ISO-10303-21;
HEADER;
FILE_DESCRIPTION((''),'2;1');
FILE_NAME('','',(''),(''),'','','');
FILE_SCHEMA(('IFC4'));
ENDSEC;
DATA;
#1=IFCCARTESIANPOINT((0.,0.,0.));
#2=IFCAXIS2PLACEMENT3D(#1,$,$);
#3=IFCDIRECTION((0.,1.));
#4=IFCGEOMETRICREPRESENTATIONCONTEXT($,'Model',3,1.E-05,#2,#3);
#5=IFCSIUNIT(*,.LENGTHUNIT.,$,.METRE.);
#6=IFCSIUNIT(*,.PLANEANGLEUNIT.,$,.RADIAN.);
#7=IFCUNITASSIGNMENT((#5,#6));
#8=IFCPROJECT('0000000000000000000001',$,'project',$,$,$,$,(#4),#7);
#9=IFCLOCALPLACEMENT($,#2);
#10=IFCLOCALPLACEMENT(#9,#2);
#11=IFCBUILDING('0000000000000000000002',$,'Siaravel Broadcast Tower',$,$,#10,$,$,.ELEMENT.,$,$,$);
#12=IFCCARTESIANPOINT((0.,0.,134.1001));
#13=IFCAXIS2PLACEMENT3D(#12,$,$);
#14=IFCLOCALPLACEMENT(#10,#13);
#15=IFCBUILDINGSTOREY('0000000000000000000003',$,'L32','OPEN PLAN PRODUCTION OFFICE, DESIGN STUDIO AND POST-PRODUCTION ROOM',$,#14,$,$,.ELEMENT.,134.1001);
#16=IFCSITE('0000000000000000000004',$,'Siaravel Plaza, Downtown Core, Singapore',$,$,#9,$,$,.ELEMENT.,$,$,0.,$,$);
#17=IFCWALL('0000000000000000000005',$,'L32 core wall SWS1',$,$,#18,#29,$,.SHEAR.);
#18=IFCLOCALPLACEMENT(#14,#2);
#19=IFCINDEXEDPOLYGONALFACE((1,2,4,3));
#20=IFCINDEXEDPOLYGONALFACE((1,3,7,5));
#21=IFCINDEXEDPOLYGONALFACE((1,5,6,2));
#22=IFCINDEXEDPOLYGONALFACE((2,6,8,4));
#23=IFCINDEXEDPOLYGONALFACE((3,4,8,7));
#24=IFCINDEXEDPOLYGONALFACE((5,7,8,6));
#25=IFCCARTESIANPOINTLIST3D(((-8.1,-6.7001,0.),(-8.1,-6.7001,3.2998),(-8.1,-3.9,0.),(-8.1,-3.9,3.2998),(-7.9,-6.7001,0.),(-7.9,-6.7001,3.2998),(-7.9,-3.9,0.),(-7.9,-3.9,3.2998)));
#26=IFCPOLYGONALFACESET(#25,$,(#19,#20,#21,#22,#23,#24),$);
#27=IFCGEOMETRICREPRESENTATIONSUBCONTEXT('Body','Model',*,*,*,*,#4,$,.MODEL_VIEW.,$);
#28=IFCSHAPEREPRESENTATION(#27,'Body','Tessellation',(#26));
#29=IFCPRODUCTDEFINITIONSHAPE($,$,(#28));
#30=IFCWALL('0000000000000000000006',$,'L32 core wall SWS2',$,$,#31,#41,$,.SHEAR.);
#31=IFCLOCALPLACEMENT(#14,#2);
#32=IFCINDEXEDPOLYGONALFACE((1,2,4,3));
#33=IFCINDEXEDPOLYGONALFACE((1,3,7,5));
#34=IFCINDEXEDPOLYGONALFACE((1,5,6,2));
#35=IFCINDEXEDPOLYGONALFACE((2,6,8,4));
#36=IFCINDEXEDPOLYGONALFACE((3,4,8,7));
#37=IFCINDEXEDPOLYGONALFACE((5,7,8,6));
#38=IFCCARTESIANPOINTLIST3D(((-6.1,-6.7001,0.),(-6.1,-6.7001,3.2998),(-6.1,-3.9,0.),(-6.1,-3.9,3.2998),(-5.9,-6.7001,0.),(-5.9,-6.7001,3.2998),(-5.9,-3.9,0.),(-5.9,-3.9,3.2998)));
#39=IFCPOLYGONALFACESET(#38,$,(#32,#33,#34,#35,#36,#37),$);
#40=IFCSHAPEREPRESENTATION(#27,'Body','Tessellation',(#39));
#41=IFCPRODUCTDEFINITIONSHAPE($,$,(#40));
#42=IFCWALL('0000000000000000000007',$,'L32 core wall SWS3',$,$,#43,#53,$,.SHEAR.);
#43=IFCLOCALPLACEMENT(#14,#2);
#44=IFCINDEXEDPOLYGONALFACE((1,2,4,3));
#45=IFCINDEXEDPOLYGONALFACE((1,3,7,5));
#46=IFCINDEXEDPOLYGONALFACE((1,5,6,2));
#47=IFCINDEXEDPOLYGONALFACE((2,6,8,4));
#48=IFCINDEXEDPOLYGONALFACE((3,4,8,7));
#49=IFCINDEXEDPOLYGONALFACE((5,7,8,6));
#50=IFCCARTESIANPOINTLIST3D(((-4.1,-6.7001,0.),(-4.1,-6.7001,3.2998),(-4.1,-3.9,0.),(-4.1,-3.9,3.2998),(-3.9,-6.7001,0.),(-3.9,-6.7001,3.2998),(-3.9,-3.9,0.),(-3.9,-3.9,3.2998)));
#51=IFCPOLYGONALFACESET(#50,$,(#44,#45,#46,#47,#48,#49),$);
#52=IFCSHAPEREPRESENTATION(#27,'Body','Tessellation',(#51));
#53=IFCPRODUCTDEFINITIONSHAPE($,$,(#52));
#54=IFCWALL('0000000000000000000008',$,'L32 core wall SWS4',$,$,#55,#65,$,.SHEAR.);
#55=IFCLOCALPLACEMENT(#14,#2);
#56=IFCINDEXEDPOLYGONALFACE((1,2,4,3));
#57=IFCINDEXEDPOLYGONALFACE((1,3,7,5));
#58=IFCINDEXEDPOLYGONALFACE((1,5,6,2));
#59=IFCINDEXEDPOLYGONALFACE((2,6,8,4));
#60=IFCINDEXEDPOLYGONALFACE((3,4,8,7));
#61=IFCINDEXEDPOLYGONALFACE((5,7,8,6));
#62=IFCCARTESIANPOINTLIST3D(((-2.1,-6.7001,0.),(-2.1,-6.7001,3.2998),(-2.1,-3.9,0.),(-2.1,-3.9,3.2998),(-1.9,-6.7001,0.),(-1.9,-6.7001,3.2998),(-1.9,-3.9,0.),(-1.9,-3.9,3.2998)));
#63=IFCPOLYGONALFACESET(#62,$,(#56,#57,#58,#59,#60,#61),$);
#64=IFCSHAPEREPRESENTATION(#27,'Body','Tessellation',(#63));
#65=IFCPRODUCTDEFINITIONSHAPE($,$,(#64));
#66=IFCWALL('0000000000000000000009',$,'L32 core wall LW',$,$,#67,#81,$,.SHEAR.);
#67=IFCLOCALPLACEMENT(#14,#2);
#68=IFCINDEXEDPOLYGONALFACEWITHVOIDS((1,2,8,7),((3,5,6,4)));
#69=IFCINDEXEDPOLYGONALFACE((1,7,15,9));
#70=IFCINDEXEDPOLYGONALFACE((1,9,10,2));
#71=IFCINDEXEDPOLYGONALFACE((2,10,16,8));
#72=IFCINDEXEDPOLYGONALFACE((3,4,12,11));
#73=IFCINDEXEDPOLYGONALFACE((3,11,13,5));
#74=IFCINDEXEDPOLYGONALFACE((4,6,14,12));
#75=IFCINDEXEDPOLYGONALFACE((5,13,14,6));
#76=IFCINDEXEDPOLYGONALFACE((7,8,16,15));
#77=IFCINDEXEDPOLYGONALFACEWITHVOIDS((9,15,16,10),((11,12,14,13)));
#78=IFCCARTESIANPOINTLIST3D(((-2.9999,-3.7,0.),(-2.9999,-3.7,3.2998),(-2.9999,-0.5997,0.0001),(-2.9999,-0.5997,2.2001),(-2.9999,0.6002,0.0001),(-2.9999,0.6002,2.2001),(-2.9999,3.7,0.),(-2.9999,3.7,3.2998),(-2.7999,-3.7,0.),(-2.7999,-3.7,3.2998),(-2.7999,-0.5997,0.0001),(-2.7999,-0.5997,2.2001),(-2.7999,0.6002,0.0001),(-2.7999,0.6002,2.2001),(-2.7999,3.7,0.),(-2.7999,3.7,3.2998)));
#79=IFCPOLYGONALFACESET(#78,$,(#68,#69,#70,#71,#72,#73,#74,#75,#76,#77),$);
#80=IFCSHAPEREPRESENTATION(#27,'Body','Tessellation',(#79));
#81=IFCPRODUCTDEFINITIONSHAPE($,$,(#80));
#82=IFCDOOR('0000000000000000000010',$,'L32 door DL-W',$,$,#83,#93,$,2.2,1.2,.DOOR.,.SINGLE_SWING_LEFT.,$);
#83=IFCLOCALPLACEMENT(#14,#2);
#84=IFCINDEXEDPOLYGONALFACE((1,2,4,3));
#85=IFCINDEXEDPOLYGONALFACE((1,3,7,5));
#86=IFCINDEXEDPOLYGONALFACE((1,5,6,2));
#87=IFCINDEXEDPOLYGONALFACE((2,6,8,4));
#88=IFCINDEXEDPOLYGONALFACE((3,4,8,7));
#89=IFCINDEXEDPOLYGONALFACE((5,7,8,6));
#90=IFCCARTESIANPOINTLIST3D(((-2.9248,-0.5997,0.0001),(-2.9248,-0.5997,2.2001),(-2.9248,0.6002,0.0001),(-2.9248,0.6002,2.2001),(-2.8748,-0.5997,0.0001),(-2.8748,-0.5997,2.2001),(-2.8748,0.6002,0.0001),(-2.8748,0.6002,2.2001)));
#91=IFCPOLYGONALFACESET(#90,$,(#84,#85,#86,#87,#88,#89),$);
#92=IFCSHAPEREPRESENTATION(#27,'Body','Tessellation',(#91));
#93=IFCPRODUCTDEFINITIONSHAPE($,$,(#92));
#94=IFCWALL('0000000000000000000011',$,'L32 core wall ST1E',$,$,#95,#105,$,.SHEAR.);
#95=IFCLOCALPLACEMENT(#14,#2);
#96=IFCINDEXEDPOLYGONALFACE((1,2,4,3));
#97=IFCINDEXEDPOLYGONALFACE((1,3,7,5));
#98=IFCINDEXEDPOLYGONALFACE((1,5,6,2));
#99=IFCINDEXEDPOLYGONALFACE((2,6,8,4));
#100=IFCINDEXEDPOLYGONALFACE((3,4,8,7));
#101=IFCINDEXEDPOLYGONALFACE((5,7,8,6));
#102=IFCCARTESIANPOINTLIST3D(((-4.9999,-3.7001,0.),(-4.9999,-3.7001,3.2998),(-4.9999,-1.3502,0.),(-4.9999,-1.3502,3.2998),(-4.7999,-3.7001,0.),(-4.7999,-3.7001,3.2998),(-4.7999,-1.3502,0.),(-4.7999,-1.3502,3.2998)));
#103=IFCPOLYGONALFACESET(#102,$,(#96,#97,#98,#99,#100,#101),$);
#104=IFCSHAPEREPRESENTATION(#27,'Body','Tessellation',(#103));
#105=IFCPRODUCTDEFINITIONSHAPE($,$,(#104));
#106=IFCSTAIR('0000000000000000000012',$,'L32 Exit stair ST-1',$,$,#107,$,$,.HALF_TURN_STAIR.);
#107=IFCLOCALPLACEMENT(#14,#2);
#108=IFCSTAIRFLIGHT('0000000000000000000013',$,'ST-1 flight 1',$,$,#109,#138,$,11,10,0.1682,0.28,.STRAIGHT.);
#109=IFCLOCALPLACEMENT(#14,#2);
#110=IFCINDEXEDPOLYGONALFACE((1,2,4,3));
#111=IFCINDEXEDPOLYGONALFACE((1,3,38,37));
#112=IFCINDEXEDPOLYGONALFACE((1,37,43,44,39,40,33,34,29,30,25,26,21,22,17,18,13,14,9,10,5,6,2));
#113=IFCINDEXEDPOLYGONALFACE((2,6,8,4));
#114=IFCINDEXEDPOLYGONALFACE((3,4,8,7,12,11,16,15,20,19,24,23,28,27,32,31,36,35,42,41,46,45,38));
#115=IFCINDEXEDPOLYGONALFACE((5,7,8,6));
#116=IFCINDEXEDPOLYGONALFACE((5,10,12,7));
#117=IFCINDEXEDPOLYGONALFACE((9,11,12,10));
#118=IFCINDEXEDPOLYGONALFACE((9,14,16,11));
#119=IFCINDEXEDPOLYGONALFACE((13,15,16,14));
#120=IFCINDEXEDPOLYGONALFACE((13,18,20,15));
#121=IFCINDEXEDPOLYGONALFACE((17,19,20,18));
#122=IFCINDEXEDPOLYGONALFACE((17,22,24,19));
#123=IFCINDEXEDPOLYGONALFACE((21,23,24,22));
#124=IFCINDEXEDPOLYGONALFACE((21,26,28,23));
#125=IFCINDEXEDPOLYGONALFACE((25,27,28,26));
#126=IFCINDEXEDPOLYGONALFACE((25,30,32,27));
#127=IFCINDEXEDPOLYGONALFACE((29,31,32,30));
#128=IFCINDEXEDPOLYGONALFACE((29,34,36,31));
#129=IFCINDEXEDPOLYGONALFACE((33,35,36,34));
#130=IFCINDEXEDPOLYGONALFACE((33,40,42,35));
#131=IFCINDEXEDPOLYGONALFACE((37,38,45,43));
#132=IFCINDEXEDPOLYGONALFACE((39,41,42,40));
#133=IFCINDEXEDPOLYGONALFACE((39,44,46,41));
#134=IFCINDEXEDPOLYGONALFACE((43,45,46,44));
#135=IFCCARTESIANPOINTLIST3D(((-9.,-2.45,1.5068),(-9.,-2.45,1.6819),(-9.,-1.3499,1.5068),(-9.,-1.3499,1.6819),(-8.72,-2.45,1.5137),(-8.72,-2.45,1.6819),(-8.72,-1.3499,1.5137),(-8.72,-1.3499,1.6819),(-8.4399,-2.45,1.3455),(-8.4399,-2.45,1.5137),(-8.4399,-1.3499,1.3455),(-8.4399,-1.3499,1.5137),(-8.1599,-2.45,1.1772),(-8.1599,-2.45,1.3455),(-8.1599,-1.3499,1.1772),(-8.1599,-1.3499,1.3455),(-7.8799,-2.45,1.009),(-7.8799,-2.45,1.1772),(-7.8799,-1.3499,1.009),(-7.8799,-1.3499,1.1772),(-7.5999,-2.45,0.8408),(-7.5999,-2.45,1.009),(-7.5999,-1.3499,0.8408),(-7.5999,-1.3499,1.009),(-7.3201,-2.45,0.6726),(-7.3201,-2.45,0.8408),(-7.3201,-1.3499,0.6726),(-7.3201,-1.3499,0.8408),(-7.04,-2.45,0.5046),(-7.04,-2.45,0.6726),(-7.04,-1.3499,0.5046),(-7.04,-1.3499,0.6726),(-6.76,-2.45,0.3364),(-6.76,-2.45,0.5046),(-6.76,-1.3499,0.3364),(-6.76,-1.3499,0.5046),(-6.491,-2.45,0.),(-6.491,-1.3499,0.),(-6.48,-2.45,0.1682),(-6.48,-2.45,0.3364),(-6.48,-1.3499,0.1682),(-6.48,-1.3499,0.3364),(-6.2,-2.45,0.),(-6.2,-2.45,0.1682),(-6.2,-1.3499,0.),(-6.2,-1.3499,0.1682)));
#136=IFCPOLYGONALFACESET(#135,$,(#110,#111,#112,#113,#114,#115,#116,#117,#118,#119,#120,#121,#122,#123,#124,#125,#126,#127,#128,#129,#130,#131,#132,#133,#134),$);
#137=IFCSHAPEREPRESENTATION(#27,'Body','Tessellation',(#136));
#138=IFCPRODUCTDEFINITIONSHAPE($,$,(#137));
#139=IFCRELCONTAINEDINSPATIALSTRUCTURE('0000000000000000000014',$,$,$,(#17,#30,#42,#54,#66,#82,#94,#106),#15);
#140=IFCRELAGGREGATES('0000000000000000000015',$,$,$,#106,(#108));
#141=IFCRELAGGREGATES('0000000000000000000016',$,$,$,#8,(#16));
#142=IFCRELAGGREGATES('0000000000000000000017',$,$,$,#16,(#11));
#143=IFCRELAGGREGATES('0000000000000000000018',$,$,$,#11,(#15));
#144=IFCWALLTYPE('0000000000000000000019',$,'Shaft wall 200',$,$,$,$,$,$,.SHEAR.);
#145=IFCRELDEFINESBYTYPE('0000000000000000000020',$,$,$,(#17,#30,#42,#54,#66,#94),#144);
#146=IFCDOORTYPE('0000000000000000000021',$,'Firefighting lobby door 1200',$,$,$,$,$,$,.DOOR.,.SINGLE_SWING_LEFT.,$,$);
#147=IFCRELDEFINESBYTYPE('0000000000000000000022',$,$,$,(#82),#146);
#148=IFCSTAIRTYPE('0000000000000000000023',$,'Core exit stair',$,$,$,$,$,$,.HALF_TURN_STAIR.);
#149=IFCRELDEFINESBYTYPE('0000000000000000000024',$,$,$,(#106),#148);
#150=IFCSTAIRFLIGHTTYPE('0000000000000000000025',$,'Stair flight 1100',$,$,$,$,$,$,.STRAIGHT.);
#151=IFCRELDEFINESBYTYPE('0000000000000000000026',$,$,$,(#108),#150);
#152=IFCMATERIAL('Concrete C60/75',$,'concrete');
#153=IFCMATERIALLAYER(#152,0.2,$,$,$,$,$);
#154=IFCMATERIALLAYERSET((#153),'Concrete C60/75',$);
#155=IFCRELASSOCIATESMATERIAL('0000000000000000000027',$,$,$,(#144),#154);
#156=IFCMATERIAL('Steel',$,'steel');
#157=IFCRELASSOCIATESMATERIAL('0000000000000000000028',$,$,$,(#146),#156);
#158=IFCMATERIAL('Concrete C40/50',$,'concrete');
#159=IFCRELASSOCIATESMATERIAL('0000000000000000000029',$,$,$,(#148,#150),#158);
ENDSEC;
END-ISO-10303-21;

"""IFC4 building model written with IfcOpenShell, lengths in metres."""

from ifc_helpers import new_model, si_unit, direction, frame, frame_2d, origin, place, context, subcontext, project, spatial, polyline, rectangle, outline, extrude, material, layer, layer_set, type_object, element, fill, aggregate, save


model = new_model("IFC4")

# Units and contexts
model_context = context("Model", 3, precision=1e-05, world=origin(), true_north=direction((0.0, 1.0)))
body_context = subcontext(model_context, "Body", "Model", "MODEL_VIEW")
ifc_project = project(units=[si_unit("LENGTHUNIT", "METRE"), si_unit("PLANEANGLEUNIT", "RADIAN")], contexts=[model_context])

# Site, building, storey
site_placement = place(None, origin())
site = spatial("IfcSite", under=ifc_project, at=site_placement, Name="Siaravel Plaza, Downtown Core, Singapore", CompositionType="ELEMENT", RefElevation=0.0)
building_placement = place(site_placement, origin())
building = spatial("IfcBuilding", under=site, at=building_placement, Name="Siaravel Broadcast Tower", CompositionType="ELEMENT")
storey_placement = place(building_placement, frame((0.0, 0.0, 134.1001)))
storey = spatial("IfcBuildingStorey", under=building, at=storey_placement, Name="L32", Description="OPEN PLAN PRODUCTION OFFICE, DESIGN STUDIO AND POST-PRODUCTION ROOM", CompositionType="ELEMENT", Elevation=134.1001)

# Walls
ifc_material_1 = material(Name="Concrete C60/75", Category="concrete")
ifc_layer = layer(ifc_material_1, 0.2)
ifc_layer_set = layer_set([ifc_layer], Name="Concrete C60/75")
wall_type = type_object("IfcWallType", Name="Shaft wall 200", PredefinedType="SHEAR", material=ifc_layer_set)
for number, where, z_axis, x_axis, name in (
    (1, (-8.0, -6.7, 0.0), (0.0, 0.0, 1.0), (0.0, 1.0, 0.0), "L32 core wall SWS1"),
    (2, (-6.0, -6.7, 0.0), (0.0, 0.0, 1.0), (0.0, 1.0, 0.0), "L32 core wall SWS2"),
    (3, (-4.0, -6.7, 0.0), (0.0, 0.0, 1.0), (0.0, 1.0, 0.0), "L32 core wall SWS3"),
    (4, (-2.0, -6.7, 0.0), (0.0, 0.0, 1.0), (0.0, 1.0, 0.0), "L32 core wall SWS4"),
):
    element("IfcWall", number, at=place(storey_placement, frame(where, z_axis=z_axis, x_axis=x_axis)), inside=storey, type_object=wall_type, Name=name, PredefinedType="SHEAR", context=body_context, shape_type="SweptSolid", body=[
        extrude(rectangle(XDim=2.8, YDim=0.2, at=frame_2d((1.3999, 0.0))), origin(), (0.0, 0.0, 1.0), 3.2998),
    ])

# Wall, opening, door
wall_1_placement = place(storey_placement, frame((-2.8999, -3.7, 0.0), z_axis=(0.0, 0.0, 1.0), x_axis=(0.0, 1.0, 0.0)))
wall_1 = element("IfcWall", 5, at=wall_1_placement, inside=storey, type_object=wall_type, Name="L32 core wall LW", PredefinedType="SHEAR", context=body_context, shape_type="SweptSolid", body=[
    extrude(rectangle(XDim=7.3999, YDim=0.2, at=frame_2d((3.7, 0.0))), origin(), (0.0, 0.0, 1.0), 3.2998),
])
opening_placement = place(wall_1_placement, frame((3.1001, 0.0, 0.0)))
opening = element("IfcOpeningElement", 6, at=opening_placement, cuts=wall_1, PredefinedType="OPENING", context=body_context, shape_type="SweptSolid", body=[
    extrude(rectangle(XDim=1.2, YDim=2.2, at=frame_2d((0.6001, 1.1001))), frame((0.0, 0.1099, 0.0), z_axis=(0.0, -1.0, 0.0), x_axis=(1.0, 0.0, 0.0)), (0.0, 0.0, 1.0), 0.22),
])
ifc_material_2 = material(Name="Steel", Category="steel")
door_type = type_object("IfcDoorType", Name="Firefighting lobby door 1200", OperationType="SINGLE_SWING_LEFT", PredefinedType="DOOR", material=ifc_material_2)
door_placement = place(opening_placement, origin())
door = element("IfcDoor", 7, at=door_placement, inside=storey, type_object=door_type, Name="L32 door DL-W", OperationType="SINGLE_SWING_LEFT", OverallHeight=2.2, OverallWidth=1.2, PredefinedType="DOOR", context=body_context, shape_type="SweptSolid", body=[
    extrude(rectangle(XDim=1.2, YDim=2.2, at=frame_2d((0.6001, 1.1001))), frame((0.0, 0.0249, 0.0), z_axis=(0.0, -1.0, 0.0), x_axis=(1.0, 0.0, 0.0)), (0.0, 0.0, 1.0), 0.05),
])
fill(opening, door)

# Wall
wall_2_placement = place(storey_placement, frame((-4.8999, -3.7, 0.0), z_axis=(0.0, 0.0, 1.0), x_axis=(0.0, 1.0, 0.0)))
element("IfcWall", 8, at=wall_2_placement, inside=storey, type_object=wall_type, Name="L32 core wall ST1E", PredefinedType="SHEAR", context=body_context, shape_type="SweptSolid", body=[
    extrude(rectangle(XDim=2.3499, YDim=0.2, at=frame_2d((1.1748, 0.0))), origin(), (0.0, 0.0, 1.0), 3.2998),
])

# Stair, stair flight
ifc_material_3 = material(Name="Concrete C40/50", Category="concrete")
stair_type = type_object("IfcStairType", Name="Core exit stair", PredefinedType="HALF_TURN_STAIR", material=ifc_material_3)
stair_placement = place(storey_placement, origin())
stair = element("IfcStair", 9, at=stair_placement, inside=storey, type_object=stair_type, Name="L32 Exit stair ST-1", PredefinedType="HALF_TURN_STAIR")
stair_flight_type = type_object("IfcStairFlightType", Name="Stair flight 1100", PredefinedType="STRAIGHT", material=ifc_material_3)
stair_flight_placement = place(storey_placement, frame((-6.2, -1.8999, 0.0), z_axis=(0.0, 0.0, 1.0), x_axis=(-1.0, 0.0, 0.0)))
stair_flight = element("IfcStairFlight", 10, at=stair_flight_placement, type_object=stair_flight_type, Name="ST-1 flight 1", NumberOfRisers=11, NumberOfTreads=10, PredefinedType="STRAIGHT", RiserHeight=0.1682, TreadLength=0.28, context=body_context, shape_type="SweptSolid", body=[
    extrude(outline(polyline([(0.0, 0.0), (0.0, 0.1682), (0.28, 0.1682), (0.28, 0.3364), (0.5601, 0.3364), (0.5601, 0.5046), (0.8401, 0.5046), (0.8401, 0.6726), (1.1201, 0.6726), (1.1201, 0.8408), (1.3999, 0.8408), (1.3999, 1.009), (1.6799, 1.009), (1.6799, 1.1772), (1.96, 1.1772), (1.96, 1.3455), (2.24, 1.3455), (2.24, 1.5137), (2.52, 1.5137), (2.52, 1.6819), (2.8, 1.6819), (2.8, 1.8501), (2.8, 1.5068), (0.291, 0.0), (0.0, 0.0)])), frame((0.0, 0.55, 0.0), z_axis=(0.0, -1.0, 0.0), x_axis=(1.0, 0.0, 0.0)), (0.0, 0.0, 1.0), 1.1001),
])
aggregate(stair, [stair_flight])

save(model, "model.ifc")
